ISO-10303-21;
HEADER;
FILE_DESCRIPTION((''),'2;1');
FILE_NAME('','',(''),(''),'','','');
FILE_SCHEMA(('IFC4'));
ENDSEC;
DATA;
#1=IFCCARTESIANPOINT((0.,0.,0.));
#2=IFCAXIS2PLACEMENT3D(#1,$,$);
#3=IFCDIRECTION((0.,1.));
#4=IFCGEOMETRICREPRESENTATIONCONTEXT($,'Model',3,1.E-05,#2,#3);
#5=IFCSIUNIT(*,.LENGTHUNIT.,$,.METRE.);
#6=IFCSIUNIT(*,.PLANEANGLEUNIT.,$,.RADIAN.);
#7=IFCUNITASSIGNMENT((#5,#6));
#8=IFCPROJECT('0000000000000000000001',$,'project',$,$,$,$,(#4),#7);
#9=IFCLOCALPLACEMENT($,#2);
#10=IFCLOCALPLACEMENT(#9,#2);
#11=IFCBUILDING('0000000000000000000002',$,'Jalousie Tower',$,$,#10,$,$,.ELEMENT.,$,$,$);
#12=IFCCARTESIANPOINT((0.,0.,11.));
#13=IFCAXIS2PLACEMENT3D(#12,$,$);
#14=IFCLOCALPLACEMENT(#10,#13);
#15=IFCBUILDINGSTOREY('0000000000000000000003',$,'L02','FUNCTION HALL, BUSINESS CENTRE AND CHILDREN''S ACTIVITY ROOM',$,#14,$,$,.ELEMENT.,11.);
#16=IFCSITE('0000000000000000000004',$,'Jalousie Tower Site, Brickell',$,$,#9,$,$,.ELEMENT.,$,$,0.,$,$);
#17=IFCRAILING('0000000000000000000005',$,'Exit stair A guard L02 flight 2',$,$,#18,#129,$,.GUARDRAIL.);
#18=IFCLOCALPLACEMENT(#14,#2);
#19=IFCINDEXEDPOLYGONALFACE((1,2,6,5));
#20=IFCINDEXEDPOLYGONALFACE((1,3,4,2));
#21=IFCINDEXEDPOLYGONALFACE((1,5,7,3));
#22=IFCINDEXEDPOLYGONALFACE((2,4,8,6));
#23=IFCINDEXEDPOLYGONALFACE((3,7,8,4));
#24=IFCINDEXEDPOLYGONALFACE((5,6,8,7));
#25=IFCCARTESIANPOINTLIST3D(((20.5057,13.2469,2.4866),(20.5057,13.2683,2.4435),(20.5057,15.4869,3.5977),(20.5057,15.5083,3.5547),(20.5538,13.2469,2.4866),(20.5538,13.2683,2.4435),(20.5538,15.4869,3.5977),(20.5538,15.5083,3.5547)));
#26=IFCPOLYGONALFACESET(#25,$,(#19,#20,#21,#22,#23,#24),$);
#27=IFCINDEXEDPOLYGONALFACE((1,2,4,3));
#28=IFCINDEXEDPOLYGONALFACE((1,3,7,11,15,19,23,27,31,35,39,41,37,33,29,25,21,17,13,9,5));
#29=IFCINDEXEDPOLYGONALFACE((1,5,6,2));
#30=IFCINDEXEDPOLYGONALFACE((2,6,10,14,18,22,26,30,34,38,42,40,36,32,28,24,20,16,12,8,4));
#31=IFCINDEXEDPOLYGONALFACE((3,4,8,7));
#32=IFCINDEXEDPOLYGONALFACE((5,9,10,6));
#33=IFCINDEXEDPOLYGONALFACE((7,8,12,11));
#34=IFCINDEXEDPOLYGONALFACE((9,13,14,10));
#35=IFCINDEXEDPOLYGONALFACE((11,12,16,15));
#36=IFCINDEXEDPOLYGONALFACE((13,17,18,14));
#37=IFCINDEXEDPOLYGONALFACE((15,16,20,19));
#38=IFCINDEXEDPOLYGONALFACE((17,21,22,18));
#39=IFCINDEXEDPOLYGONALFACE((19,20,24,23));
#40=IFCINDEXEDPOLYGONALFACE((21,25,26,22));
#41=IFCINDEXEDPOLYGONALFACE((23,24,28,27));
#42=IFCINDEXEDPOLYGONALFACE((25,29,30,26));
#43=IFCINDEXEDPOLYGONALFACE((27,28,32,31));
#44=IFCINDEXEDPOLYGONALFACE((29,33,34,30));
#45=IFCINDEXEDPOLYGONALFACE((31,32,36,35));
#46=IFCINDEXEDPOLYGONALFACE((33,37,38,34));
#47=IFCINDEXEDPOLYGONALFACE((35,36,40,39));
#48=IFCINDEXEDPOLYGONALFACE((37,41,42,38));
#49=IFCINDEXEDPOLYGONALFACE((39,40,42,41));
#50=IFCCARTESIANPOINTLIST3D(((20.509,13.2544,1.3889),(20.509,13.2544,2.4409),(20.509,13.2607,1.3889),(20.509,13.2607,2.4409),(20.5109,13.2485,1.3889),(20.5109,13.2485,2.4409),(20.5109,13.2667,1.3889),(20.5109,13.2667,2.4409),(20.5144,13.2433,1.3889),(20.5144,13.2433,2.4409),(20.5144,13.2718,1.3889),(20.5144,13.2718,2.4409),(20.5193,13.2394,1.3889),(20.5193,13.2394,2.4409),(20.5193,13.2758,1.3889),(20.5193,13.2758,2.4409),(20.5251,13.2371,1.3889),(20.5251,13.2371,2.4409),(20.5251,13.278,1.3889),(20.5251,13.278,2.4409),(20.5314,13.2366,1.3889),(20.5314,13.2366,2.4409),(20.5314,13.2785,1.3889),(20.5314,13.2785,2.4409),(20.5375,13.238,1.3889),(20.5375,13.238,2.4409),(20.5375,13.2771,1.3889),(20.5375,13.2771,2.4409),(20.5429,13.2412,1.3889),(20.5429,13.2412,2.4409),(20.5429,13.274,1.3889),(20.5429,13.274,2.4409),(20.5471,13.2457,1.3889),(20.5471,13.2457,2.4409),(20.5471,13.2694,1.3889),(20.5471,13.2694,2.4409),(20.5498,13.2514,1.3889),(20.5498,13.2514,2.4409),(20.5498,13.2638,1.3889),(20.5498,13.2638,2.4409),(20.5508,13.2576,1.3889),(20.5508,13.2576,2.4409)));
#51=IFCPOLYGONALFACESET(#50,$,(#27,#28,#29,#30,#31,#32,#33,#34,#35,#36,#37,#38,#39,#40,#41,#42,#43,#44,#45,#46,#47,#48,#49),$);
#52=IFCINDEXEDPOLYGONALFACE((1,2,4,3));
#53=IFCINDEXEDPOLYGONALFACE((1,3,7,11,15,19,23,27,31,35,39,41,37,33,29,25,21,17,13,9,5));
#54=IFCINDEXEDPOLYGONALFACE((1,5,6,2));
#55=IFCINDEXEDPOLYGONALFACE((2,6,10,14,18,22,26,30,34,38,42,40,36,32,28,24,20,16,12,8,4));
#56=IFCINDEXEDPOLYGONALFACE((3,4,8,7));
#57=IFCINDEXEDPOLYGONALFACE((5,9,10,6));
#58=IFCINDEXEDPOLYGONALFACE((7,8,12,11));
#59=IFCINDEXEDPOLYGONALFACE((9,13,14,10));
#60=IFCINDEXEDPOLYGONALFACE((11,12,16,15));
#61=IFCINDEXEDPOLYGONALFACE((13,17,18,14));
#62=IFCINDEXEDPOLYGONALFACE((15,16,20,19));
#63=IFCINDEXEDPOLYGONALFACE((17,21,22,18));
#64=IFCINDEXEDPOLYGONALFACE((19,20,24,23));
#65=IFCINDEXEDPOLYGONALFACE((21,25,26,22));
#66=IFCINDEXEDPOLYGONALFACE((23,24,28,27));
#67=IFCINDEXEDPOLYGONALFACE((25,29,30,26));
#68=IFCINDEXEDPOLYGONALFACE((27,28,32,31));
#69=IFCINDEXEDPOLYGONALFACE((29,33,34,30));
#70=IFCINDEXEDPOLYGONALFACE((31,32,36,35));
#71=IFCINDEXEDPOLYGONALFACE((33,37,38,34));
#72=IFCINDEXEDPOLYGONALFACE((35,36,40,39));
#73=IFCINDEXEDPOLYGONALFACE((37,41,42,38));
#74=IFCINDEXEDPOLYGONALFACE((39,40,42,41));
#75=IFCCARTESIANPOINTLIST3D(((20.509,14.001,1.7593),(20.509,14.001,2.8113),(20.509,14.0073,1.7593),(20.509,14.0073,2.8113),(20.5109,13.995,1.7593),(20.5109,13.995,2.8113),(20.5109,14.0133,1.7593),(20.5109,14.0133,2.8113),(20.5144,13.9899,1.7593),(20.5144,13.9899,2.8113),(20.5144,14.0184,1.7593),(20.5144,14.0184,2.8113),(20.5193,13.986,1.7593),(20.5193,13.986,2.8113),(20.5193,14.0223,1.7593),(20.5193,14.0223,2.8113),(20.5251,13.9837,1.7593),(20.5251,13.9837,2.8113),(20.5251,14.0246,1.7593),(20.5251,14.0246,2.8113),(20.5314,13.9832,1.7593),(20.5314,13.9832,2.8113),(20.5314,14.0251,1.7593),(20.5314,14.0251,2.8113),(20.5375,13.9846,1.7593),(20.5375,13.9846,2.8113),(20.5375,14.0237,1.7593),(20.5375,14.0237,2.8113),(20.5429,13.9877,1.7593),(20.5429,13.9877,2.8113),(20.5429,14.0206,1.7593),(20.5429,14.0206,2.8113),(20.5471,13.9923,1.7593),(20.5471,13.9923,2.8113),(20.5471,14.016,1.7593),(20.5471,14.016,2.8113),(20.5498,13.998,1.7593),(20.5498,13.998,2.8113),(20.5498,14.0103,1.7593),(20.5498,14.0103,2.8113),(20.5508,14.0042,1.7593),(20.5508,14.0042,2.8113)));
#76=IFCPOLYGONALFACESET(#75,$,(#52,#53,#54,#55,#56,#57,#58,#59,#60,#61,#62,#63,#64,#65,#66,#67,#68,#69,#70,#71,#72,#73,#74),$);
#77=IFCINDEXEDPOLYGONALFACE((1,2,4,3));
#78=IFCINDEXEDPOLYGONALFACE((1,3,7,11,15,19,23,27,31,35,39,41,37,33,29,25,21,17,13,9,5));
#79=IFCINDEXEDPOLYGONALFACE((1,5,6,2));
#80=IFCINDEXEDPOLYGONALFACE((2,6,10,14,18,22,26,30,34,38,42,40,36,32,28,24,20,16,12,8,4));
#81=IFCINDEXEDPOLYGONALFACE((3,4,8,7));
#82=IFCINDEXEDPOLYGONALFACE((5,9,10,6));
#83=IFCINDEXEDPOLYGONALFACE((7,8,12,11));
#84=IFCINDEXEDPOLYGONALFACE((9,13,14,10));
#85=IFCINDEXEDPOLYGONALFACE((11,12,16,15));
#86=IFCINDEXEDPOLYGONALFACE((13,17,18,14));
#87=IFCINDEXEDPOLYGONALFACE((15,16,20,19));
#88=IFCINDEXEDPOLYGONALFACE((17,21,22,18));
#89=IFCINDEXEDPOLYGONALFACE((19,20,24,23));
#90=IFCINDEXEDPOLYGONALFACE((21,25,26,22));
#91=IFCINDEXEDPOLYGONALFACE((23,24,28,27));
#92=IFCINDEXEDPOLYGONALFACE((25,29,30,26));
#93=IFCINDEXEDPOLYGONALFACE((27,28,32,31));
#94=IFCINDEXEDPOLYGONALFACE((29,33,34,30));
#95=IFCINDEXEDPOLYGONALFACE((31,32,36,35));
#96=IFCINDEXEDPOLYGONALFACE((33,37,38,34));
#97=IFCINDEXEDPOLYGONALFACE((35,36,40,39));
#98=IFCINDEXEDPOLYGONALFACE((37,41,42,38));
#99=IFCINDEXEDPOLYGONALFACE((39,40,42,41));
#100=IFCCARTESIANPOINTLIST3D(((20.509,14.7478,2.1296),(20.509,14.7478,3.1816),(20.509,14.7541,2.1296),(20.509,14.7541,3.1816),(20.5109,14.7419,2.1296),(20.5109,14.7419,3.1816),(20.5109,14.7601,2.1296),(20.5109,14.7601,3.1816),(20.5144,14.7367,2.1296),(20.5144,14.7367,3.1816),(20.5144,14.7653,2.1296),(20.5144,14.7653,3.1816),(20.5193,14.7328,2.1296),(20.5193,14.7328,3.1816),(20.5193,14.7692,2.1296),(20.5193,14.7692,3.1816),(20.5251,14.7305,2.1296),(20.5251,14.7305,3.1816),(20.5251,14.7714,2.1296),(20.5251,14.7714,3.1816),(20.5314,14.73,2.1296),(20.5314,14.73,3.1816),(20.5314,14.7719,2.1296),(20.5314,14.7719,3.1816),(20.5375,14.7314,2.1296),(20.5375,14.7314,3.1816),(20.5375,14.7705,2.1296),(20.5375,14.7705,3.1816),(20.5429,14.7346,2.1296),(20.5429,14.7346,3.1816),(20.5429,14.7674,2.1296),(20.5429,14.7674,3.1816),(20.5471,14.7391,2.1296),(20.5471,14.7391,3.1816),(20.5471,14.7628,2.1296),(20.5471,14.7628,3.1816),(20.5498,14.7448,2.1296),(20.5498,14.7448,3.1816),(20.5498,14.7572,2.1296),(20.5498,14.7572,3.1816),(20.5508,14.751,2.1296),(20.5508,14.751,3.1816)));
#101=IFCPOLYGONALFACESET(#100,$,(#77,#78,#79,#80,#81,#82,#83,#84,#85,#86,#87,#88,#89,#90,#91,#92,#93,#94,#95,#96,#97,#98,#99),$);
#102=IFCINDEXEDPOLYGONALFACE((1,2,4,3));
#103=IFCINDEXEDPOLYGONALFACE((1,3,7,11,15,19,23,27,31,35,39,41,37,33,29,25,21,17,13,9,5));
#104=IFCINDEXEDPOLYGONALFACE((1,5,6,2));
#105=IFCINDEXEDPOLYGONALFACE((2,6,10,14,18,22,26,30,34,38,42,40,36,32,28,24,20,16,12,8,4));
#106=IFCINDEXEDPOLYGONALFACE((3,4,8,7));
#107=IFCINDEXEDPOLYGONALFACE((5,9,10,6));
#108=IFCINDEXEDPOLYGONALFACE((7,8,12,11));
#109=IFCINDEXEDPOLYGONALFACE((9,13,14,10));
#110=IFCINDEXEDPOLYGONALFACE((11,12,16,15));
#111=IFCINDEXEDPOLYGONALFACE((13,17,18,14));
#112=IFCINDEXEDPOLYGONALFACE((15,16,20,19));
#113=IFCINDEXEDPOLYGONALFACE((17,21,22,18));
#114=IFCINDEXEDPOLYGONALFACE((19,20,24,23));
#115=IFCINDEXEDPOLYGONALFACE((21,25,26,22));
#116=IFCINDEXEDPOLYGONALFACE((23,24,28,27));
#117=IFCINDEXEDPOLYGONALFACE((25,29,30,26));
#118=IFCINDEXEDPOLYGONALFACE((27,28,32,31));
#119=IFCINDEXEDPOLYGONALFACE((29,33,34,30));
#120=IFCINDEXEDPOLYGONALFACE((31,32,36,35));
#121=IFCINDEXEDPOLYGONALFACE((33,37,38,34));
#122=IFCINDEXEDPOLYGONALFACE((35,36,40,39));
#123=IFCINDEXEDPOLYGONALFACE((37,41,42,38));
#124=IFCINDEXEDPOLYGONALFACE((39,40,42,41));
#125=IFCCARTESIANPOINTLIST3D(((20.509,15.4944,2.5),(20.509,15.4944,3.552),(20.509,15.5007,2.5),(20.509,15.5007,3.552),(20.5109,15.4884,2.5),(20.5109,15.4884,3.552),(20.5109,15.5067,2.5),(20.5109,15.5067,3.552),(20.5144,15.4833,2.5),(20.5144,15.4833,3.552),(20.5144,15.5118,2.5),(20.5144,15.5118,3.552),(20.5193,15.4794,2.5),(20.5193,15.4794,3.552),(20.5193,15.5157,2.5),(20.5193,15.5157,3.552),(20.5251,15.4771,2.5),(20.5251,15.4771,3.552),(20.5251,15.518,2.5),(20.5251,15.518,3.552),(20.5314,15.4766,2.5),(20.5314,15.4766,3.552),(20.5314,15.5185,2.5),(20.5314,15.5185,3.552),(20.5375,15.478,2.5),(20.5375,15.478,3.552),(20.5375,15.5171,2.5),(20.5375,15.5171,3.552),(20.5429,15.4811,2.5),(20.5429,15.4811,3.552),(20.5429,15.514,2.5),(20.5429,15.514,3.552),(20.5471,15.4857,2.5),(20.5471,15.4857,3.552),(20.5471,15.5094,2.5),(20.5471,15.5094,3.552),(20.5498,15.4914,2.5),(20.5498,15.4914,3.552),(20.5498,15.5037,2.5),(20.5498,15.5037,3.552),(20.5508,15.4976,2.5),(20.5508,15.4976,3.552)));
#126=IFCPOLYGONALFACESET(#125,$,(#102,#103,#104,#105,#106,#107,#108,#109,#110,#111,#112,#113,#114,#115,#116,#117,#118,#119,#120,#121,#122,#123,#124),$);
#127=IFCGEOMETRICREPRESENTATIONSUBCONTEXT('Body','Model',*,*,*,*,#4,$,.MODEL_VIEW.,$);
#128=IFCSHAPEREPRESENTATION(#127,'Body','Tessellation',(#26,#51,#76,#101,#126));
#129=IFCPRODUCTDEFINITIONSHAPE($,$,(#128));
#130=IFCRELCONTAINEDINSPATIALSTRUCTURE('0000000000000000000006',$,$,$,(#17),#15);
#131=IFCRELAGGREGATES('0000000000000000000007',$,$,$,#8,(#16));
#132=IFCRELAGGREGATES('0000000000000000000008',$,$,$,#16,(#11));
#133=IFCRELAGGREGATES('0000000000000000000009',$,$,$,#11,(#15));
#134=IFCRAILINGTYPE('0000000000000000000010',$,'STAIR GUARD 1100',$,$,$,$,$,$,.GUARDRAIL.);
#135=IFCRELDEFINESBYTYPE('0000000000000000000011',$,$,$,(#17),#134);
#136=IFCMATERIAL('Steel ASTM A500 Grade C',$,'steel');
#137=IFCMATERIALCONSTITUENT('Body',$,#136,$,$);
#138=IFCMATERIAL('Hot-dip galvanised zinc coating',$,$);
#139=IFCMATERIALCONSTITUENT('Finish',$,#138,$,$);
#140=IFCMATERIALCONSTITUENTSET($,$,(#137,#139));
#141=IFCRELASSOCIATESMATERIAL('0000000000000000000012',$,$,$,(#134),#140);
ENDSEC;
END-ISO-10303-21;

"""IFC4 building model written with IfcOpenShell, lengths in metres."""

from ifc_helpers import new_model, si_unit, direction, frame, origin, origin_2d, place, context, subcontext, project, spatial, rectangle, circle, extrude, material, constituent, constituent_set, type_object, element, save


model = new_model("IFC4")

# Units and contexts
model_context = context("Model", 3, precision=1e-05, world=origin(), true_north=direction((0.0, 1.0)))
body_context = subcontext(model_context, "Body", "Model", "MODEL_VIEW")
ifc_project = project(units=[si_unit("LENGTHUNIT", "METRE"), si_unit("PLANEANGLEUNIT", "RADIAN")], contexts=[model_context])

# Site, building, storey
site_placement = place(None, origin())
site = spatial("IfcSite", under=ifc_project, at=site_placement, Name="Jalousie Tower Site, Brickell", CompositionType="ELEMENT", RefElevation=0.0)
building_placement = place(site_placement, origin())
building = spatial("IfcBuilding", under=site, at=building_placement, Name="Jalousie Tower", CompositionType="ELEMENT")
storey_placement = place(building_placement, frame((0.0, 0.0, 11.0)))
storey = spatial("IfcBuildingStorey", under=building, at=storey_placement, Name="L02", Description="FUNCTION HALL, BUSINESS CENTRE AND CHILDREN'S ACTIVITY ROOM", CompositionType="ELEMENT", Elevation=11.0)

# Railing
ifc_material_1 = material(Name="Steel ASTM A500 Grade C", Category="steel")
ifc_constituent_1 = constituent(ifc_material_1, Name="Body")
ifc_material_2 = material(Name="Hot-dip galvanised zinc coating")
ifc_constituent_2 = constituent(ifc_material_2, Name="Finish")
ifc_constituent_set_1 = constituent_set(constituents=[ifc_constituent_1, ifc_constituent_2])
railing_type_1 = type_object("IfcRailingType", Name="STAIR GUARD 1100", PredefinedType="GUARDRAIL", material=ifc_constituent_set_1)
railing_1_placement = place(storey_placement, frame((20.5298, 13.2576, 1.3889)))
element("IfcRailing", 1, at=railing_1_placement, inside=storey, type_object=railing_type_1, Name="Exit stair A guard L02 flight 2", PredefinedType="GUARDRAIL", context=body_context, shape_type="SweptSolid", body=[
    extrude(rectangle(XDim=0.0481, YDim=0.0481, at=origin_2d()), frame((0.0, 0.0, 1.0762), z_axis=(0.0, 0.895848, 0.44436), x_axis=(-1.0, 0.0, 0.0)), (0.0, 0.0, 1.0), 2.5005),
    extrude(circle(Radius=0.021, at=origin_2d()), origin(), (0.0, 0.0, 1.0), 1.052),
    extrude(circle(Radius=0.021, at=origin_2d()), frame((0.0, 0.7466, 0.3704)), (0.0, 0.0, 1.0), 1.052),
    extrude(circle(Radius=0.021, at=origin_2d()), frame((0.0, 1.4934, 0.7407)), (0.0, 0.0, 1.0), 1.052),
    extrude(circle(Radius=0.021, at=origin_2d()), frame((0.0, 2.24, 1.1111)), (0.0, 0.0, 1.0), 1.052),
])

save(model, "model.ifc")
